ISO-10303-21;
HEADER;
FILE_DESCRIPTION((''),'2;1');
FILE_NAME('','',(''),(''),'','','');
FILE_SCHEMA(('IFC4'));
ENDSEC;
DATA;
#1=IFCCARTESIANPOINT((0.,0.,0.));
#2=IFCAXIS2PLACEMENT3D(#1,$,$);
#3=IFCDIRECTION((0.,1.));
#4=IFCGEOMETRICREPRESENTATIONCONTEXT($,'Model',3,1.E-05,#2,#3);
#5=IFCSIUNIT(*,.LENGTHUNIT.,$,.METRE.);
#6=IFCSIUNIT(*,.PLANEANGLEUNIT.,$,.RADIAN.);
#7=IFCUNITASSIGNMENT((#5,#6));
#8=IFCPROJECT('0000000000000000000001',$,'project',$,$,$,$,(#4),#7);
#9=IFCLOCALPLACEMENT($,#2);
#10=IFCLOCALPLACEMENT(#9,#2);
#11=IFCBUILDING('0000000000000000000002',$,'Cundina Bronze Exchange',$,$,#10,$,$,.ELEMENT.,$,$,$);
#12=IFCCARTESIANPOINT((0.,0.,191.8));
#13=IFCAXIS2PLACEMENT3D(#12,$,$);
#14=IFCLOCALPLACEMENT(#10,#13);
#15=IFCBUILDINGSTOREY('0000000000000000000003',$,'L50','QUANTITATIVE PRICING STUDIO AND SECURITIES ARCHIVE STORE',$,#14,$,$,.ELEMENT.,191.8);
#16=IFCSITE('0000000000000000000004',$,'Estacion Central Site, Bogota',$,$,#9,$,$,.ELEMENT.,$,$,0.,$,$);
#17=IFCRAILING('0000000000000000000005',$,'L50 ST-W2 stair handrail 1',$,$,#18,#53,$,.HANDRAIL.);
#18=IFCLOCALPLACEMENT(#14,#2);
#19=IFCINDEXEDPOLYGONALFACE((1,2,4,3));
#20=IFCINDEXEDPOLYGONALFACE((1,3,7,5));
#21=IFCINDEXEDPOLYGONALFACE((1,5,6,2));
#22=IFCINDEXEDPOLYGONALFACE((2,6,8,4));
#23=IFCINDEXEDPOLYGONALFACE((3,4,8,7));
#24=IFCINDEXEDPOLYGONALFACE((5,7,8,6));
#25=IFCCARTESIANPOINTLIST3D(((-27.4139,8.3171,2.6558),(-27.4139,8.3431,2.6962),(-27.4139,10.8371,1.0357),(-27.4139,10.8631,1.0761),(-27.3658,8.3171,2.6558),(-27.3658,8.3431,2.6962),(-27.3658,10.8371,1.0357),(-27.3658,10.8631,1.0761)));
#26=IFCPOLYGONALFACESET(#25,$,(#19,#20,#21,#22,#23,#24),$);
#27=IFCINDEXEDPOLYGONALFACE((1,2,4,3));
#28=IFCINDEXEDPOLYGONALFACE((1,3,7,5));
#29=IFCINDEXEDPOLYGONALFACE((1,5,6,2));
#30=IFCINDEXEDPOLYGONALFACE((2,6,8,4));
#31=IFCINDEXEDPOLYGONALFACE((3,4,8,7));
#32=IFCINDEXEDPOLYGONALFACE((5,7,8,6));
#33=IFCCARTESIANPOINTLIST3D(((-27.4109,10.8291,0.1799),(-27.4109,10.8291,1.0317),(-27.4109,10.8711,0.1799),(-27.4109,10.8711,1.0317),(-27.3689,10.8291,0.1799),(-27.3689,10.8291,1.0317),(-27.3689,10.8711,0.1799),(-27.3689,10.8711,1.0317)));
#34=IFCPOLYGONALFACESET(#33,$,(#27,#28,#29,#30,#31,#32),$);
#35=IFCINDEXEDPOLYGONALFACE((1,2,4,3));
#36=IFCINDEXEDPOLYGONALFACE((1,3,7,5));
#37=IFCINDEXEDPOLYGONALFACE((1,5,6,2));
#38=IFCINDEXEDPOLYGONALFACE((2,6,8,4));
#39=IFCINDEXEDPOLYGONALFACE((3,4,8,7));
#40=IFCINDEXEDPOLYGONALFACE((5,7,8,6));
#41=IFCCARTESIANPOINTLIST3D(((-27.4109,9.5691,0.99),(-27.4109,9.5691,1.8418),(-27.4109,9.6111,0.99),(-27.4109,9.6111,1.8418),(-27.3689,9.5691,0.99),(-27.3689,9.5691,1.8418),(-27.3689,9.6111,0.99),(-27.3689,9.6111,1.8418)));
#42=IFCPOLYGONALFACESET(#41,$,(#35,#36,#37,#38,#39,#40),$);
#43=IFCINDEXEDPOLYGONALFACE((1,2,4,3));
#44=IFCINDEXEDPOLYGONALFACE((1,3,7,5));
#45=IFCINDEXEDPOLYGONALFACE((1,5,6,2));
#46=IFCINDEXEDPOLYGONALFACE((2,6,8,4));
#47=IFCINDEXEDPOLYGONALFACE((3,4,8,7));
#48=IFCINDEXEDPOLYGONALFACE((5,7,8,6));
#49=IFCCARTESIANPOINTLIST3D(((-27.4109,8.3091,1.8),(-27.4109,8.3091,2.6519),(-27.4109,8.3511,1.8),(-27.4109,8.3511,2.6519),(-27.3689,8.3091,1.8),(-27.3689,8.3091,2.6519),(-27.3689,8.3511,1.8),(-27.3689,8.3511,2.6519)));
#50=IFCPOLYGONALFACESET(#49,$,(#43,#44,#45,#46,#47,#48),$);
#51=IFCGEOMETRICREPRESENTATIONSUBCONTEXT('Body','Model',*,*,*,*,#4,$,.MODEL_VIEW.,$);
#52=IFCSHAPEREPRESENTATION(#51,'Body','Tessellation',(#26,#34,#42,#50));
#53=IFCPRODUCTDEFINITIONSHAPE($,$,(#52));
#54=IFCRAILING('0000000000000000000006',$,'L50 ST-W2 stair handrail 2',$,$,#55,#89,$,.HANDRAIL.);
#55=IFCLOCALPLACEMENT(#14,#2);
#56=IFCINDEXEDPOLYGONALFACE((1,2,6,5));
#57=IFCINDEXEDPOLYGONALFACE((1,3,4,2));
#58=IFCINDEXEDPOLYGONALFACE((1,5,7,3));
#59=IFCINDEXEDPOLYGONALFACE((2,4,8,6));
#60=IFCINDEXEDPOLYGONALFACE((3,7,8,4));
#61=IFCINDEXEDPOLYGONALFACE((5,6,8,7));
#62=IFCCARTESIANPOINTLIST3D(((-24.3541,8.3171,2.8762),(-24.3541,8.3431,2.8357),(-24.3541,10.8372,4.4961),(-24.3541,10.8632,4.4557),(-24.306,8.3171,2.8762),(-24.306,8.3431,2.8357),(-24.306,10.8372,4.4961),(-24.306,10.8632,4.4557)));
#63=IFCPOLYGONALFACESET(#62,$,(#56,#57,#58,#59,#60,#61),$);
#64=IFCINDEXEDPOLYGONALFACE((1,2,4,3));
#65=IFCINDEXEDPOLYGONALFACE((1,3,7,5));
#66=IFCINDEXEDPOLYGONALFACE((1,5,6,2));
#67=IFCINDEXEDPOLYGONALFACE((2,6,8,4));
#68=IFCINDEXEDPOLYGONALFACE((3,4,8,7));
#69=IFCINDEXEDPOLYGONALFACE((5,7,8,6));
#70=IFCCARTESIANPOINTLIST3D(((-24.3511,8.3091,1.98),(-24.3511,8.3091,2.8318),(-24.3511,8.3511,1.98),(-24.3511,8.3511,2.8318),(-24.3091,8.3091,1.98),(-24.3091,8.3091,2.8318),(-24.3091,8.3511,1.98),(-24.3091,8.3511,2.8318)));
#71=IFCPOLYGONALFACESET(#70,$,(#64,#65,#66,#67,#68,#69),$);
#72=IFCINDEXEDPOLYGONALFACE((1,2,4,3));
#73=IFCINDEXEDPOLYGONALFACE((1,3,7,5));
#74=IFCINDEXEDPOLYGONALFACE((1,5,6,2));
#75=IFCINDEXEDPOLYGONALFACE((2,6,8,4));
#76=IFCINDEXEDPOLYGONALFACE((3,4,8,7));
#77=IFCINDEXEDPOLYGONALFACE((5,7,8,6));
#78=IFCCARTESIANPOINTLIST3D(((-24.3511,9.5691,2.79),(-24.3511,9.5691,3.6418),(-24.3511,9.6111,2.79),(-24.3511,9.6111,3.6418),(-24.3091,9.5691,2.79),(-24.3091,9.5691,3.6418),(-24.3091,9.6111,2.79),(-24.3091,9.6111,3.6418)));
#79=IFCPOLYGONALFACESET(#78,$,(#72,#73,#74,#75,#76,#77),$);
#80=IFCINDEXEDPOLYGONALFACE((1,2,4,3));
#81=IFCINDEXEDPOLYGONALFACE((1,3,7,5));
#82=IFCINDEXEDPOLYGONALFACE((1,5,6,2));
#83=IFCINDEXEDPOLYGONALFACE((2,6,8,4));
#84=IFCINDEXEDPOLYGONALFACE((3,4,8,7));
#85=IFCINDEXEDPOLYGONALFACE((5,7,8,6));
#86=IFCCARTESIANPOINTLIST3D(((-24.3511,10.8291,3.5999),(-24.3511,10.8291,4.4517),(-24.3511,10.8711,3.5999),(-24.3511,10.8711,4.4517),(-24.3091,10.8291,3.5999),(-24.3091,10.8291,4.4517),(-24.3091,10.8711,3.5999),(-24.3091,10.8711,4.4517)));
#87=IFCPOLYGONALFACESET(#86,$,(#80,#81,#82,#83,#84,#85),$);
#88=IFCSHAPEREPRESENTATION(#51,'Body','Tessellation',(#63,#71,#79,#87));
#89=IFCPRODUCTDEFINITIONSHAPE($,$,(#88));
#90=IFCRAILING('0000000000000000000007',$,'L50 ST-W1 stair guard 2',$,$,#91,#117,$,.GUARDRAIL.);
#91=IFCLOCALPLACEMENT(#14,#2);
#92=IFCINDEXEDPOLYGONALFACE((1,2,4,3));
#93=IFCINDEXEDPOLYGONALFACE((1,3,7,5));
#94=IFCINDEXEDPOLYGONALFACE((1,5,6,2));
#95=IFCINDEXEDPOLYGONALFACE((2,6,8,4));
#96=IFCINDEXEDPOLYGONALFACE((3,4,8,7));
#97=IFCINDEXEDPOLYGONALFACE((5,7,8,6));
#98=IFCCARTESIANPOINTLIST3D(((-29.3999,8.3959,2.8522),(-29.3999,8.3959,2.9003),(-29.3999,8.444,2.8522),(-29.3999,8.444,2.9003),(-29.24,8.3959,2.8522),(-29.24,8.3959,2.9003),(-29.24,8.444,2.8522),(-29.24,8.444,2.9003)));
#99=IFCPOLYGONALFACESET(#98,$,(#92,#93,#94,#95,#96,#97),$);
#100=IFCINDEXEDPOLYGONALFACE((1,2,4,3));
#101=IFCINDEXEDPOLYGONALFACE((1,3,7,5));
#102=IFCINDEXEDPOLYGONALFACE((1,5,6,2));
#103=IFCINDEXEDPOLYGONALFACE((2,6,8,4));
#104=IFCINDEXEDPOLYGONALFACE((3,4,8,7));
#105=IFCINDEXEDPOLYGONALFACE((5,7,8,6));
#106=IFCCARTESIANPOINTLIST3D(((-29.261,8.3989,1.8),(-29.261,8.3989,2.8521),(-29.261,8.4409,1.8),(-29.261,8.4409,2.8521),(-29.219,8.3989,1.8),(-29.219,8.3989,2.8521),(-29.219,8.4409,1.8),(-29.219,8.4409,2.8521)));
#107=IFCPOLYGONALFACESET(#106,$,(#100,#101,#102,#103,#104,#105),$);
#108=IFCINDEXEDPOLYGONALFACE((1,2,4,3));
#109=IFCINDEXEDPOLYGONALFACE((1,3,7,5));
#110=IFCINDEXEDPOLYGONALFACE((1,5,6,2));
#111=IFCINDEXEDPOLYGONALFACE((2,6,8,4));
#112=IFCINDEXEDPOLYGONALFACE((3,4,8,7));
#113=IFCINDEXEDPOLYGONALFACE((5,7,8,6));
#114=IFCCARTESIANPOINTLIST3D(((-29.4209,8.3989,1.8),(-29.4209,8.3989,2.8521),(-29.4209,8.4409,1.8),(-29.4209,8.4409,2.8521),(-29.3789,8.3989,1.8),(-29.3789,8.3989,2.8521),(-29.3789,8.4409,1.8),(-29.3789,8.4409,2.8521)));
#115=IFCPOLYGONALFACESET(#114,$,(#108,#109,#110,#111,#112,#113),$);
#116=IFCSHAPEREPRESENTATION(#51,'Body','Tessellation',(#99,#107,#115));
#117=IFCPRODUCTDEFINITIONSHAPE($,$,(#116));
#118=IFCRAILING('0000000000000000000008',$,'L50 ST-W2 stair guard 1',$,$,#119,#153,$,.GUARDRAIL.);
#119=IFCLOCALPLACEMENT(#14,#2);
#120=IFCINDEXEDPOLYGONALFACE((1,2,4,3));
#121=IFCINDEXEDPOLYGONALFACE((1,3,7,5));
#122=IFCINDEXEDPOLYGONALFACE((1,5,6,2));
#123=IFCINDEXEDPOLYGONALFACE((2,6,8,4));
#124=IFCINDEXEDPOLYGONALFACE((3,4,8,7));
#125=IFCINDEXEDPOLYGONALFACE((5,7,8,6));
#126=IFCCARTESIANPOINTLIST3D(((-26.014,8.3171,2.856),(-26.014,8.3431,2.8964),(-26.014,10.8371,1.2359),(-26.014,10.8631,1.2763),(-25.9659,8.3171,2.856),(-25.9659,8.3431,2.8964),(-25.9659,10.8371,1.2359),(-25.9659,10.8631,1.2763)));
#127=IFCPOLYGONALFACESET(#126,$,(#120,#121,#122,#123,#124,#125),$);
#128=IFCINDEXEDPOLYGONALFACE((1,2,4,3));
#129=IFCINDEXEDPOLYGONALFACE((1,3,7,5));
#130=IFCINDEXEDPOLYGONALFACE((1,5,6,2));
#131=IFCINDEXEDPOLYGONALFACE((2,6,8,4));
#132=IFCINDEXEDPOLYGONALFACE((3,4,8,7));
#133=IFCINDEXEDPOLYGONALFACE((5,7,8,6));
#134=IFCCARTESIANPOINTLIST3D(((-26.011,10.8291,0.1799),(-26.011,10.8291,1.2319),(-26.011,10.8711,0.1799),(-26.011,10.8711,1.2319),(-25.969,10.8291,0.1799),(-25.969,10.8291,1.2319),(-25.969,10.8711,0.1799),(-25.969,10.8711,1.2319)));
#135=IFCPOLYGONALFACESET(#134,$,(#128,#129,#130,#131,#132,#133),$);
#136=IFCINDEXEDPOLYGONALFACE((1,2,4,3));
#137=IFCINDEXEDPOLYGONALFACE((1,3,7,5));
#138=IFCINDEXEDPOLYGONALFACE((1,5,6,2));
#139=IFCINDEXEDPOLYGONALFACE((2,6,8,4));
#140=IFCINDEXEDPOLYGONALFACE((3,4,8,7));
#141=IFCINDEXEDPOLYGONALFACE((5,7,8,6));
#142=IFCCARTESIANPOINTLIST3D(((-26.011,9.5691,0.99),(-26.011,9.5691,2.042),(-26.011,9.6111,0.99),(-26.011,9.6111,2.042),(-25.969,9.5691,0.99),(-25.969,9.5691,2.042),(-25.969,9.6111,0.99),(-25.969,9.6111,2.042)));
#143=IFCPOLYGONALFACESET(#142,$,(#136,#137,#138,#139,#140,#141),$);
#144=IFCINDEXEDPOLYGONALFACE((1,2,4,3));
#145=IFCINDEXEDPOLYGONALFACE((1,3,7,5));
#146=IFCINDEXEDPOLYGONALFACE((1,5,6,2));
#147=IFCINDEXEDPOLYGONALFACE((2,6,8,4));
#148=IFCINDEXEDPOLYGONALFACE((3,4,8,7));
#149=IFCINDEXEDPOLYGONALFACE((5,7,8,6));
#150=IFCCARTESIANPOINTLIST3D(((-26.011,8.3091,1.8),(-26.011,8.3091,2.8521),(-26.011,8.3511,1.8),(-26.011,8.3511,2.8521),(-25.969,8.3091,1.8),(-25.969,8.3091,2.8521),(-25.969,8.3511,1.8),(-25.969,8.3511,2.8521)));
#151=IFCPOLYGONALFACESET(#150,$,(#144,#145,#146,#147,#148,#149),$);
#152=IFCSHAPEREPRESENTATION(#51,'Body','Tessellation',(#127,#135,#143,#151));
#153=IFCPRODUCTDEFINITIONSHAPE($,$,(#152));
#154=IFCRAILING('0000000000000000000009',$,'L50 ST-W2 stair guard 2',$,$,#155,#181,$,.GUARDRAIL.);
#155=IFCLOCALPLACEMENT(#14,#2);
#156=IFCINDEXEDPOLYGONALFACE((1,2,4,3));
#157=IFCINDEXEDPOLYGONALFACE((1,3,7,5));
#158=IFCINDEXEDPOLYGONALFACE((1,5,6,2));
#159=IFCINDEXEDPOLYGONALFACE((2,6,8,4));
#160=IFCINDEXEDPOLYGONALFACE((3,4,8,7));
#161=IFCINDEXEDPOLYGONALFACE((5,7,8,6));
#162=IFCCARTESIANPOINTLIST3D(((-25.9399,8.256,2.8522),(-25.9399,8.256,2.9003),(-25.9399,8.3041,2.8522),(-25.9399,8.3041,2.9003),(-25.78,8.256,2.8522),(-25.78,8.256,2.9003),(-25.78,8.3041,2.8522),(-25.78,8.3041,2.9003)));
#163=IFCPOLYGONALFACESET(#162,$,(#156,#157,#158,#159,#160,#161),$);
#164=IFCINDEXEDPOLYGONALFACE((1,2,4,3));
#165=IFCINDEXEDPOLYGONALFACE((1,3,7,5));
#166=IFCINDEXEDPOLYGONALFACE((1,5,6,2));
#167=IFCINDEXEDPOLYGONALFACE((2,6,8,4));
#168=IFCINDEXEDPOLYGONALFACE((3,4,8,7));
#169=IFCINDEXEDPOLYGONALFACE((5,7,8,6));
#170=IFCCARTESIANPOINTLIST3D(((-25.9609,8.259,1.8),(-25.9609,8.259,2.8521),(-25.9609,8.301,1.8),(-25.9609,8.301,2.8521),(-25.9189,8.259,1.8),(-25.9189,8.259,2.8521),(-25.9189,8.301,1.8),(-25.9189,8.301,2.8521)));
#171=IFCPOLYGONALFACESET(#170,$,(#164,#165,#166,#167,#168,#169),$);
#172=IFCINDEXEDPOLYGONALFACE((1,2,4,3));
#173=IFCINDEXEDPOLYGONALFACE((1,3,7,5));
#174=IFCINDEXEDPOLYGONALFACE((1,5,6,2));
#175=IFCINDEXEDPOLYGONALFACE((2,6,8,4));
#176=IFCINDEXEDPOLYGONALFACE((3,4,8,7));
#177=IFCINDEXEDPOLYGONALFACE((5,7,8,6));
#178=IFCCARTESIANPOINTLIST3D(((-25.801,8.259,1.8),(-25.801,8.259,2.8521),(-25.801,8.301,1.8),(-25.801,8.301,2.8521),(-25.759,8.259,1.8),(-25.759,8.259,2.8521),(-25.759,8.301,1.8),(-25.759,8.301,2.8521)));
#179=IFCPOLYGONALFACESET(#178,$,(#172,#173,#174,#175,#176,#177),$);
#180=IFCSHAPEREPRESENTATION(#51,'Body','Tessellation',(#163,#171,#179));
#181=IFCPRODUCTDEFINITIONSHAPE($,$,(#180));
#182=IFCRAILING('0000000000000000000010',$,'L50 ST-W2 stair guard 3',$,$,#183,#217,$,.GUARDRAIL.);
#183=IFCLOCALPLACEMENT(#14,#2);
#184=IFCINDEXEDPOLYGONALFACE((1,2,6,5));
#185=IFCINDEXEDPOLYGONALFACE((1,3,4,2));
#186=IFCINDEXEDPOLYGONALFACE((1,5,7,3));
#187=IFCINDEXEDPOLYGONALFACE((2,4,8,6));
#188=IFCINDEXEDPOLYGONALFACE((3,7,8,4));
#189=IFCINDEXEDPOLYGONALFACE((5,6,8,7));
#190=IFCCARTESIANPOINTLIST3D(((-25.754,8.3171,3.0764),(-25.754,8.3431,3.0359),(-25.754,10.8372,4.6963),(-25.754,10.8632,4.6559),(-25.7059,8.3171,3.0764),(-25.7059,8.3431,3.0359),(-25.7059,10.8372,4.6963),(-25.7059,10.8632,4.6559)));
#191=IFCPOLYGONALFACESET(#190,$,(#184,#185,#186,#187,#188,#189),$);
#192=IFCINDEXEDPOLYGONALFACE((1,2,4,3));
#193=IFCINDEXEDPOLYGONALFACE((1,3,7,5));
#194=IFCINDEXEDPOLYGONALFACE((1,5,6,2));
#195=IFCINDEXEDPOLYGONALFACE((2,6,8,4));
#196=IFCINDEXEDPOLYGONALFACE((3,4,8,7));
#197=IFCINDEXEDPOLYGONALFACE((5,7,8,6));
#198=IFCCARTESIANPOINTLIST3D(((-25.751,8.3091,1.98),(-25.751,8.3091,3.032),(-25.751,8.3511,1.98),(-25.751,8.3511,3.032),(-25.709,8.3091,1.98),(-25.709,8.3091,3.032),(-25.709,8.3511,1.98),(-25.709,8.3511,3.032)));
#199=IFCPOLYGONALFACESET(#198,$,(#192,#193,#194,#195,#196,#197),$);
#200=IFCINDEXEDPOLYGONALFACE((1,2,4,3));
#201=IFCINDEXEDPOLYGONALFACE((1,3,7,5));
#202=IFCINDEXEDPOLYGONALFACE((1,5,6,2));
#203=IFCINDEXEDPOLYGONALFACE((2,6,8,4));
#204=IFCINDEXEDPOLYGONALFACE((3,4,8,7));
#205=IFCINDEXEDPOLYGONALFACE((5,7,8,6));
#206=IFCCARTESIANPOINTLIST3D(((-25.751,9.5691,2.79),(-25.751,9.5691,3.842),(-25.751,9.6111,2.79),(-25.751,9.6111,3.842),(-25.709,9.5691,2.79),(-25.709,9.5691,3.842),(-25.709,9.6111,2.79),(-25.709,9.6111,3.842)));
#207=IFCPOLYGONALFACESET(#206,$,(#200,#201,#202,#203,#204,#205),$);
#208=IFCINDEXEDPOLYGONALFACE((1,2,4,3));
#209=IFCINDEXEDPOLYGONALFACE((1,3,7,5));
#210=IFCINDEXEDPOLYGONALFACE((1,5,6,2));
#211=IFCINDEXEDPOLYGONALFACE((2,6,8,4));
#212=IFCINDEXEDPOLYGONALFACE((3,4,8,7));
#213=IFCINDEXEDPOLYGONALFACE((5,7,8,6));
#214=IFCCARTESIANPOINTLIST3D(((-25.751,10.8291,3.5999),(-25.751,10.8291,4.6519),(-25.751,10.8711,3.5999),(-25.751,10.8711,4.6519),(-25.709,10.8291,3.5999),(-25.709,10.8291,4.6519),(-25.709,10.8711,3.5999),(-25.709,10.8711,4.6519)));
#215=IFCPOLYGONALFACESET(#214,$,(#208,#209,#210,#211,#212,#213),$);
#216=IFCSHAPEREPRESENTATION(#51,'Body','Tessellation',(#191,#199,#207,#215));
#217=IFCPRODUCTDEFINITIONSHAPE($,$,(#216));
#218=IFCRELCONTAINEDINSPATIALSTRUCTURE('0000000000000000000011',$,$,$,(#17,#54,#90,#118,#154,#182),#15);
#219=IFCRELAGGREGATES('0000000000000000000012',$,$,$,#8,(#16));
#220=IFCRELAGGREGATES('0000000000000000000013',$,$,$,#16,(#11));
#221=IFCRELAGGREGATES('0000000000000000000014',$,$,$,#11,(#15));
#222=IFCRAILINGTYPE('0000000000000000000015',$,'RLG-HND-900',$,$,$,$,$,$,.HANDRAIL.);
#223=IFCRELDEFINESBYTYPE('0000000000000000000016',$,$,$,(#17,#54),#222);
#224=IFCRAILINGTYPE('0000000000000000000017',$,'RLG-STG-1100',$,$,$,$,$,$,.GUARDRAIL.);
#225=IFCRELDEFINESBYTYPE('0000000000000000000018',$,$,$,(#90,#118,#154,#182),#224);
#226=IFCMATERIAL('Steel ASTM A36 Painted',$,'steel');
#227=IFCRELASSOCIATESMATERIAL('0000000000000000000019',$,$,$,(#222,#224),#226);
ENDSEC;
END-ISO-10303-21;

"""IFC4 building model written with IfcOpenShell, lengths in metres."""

from ifc_helpers import new_model, si_unit, direction, frame, origin, origin_2d, place, context, subcontext, project, spatial, rectangle, extrude, material, type_object, element, save


model = new_model("IFC4")

# Units and contexts
model_context = context("Model", 3, precision=1e-05, world=origin(), true_north=direction((0.0, 1.0)))
body_context = subcontext(model_context, "Body", "Model", "MODEL_VIEW")
ifc_project = project(units=[si_unit("LENGTHUNIT", "METRE"), si_unit("PLANEANGLEUNIT", "RADIAN")], contexts=[model_context])

# Site, building, storey
site_placement = place(None, origin())
site = spatial("IfcSite", under=ifc_project, at=site_placement, Name="Estacion Central Site, Bogota", CompositionType="ELEMENT", RefElevation=0.0)
building_placement = place(site_placement, origin())
building = spatial("IfcBuilding", under=site, at=building_placement, Name="Cundina Bronze Exchange", CompositionType="ELEMENT")
storey_placement = place(building_placement, frame((0.0, 0.0, 191.8)))
storey = spatial("IfcBuildingStorey", under=building, at=storey_placement, Name="L50", Description="QUANTITATIVE PRICING STUDIO AND SECURITIES ARCHIVE STORE", CompositionType="ELEMENT", Elevation=191.8)

# Shared definitions
ifc_material_1 = material(Name="Steel ASTM A36 Painted", Category="steel")

# Railings
railing_type_1 = type_object("IfcRailingType", Name="RLG-HND-900", PredefinedType="HANDRAIL", material=ifc_material_1)
railing_1_placement = place(storey_placement, frame((-27.3899, 10.8501, 0.1799)))
element("IfcRailing", 1, at=railing_1_placement, inside=storey, type_object=railing_type_1, Name="L50 ST-W2 stair handrail 1", PredefinedType="HANDRAIL", context=body_context, shape_type="SweptSolid", body=[
    extrude(rectangle(XDim=0.0481, YDim=0.0481, at=origin_2d()), frame((0.0, 0.0, 0.876), z_axis=(0.0, -0.841163, 0.540782), x_axis=(1.0, 0.0, 0.0)), (0.0, 0.0, 1.0), 2.9958),
    extrude(rectangle(XDim=0.042, YDim=0.042, at=origin_2d()), origin(), (0.0, 0.0, 1.0), 0.8518),
    extrude(rectangle(XDim=0.042, YDim=0.042, at=origin_2d()), frame((0.0, -1.26, 0.8101)), (0.0, 0.0, 1.0), 0.8518),
    extrude(rectangle(XDim=0.042, YDim=0.042, at=origin_2d()), frame((0.0, -2.52, 1.6201)), (0.0, 0.0, 1.0), 0.8518),
])
railing_2_placement = place(storey_placement, frame((-24.3301, 8.3301, 1.98)))
element("IfcRailing", 2, at=railing_2_placement, inside=storey, type_object=railing_type_1, Name="L50 ST-W2 stair handrail 2", PredefinedType="HANDRAIL", context=body_context, shape_type="SweptSolid", body=[
    extrude(rectangle(XDim=0.0481, YDim=0.0481, at=origin_2d()), frame((0.0, 0.0, 0.876), z_axis=(0.0, 0.8412, 0.540725), x_axis=(-1.0, 0.0, 0.0)), (0.0, 0.0, 1.0), 2.9958),
    extrude(rectangle(XDim=0.042, YDim=0.042, at=origin_2d()), origin(), (0.0, 0.0, 1.0), 0.8518),
    extrude(rectangle(XDim=0.042, YDim=0.042, at=origin_2d()), frame((0.0, 1.26, 0.8101)), (0.0, 0.0, 1.0), 0.8518),
    extrude(rectangle(XDim=0.042, YDim=0.042, at=origin_2d()), frame((0.0, 2.52, 1.6199)), (0.0, 0.0, 1.0), 0.8518),
])
railing_type_2 = type_object("IfcRailingType", Name="RLG-STG-1100", PredefinedType="GUARDRAIL", material=ifc_material_1)
railing_3_placement = place(storey_placement, frame((-29.24, 8.4199, 1.8)))
element("IfcRailing", 3, at=railing_3_placement, inside=storey, type_object=railing_type_2, Name="L50 ST-W1 stair guard 2", PredefinedType="GUARDRAIL", context=body_context, shape_type="SweptSolid", body=[
    extrude(rectangle(XDim=0.0481, YDim=0.0481, at=origin_2d()), frame((0.0, 0.0, 1.0762), z_axis=(-1.0, 0.0, 0.0), x_axis=(0.0, -1.0, 0.0)), (0.0, 0.0, 1.0), 0.1599),
    extrude(rectangle(XDim=0.042, YDim=0.042, at=origin_2d()), origin(), (0.0, 0.0, 1.0), 1.052),
    extrude(rectangle(XDim=0.042, YDim=0.042, at=origin_2d()), frame((-0.1599, 0.0, 0.0)), (0.0, 0.0, 1.0), 1.052),
])
railing_4_placement = place(storey_placement, frame((-25.99, 10.8501, 0.1799)))
element("IfcRailing", 4, at=railing_4_placement, inside=storey, type_object=railing_type_2, Name="L50 ST-W2 stair guard 1", PredefinedType="GUARDRAIL", context=body_context, shape_type="SweptSolid", body=[
    extrude(rectangle(XDim=0.0481, YDim=0.0481, at=origin_2d()), frame((0.0, 0.0, 1.0762), z_axis=(0.0, -0.841163, 0.540782), x_axis=(1.0, 0.0, 0.0)), (0.0, 0.0, 1.0), 2.9958),
    extrude(rectangle(XDim=0.042, YDim=0.042, at=origin_2d()), origin(), (0.0, 0.0, 1.0), 1.052),
    extrude(rectangle(XDim=0.042, YDim=0.042, at=origin_2d()), frame((0.0, -1.26, 0.8101)), (0.0, 0.0, 1.0), 1.052),
    extrude(rectangle(XDim=0.042, YDim=0.042, at=origin_2d()), frame((0.0, -2.52, 1.6201)), (0.0, 0.0, 1.0), 1.052),
])
railing_5_placement = place(storey_placement, frame((-25.9399, 8.28, 1.8)))
element("IfcRailing", 5, at=railing_5_placement, inside=storey, type_object=railing_type_2, Name="L50 ST-W2 stair guard 2", PredefinedType="GUARDRAIL", context=body_context, shape_type="SweptSolid", body=[
    extrude(rectangle(XDim=0.0481, YDim=0.0481, at=origin_2d()), frame((0.0, 0.0, 1.0762), z_axis=(1.0, 0.0, 0.0), x_axis=(0.0, 1.0, 0.0)), (0.0, 0.0, 1.0), 0.1599),
    extrude(rectangle(XDim=0.042, YDim=0.042, at=origin_2d()), origin(), (0.0, 0.0, 1.0), 1.052),
    extrude(rectangle(XDim=0.042, YDim=0.042, at=origin_2d()), frame((0.1599, 0.0, 0.0)), (0.0, 0.0, 1.0), 1.052),
])
railing_6_placement = place(storey_placement, frame((-25.73, 8.3301, 1.98)))
element("IfcRailing", 6, at=railing_6_placement, inside=storey, type_object=railing_type_2, Name="L50 ST-W2 stair guard 3", PredefinedType="GUARDRAIL", context=body_context, shape_type="SweptSolid", body=[
    extrude(rectangle(XDim=0.0481, YDim=0.0481, at=origin_2d()), frame((0.0, 0.0, 1.0762), z_axis=(0.0, 0.8412, 0.540725), x_axis=(-1.0, 0.0, 0.0)), (0.0, 0.0, 1.0), 2.9958),
    extrude(rectangle(XDim=0.042, YDim=0.042, at=origin_2d()), origin(), (0.0, 0.0, 1.0), 1.052),
    extrude(rectangle(XDim=0.042, YDim=0.042, at=origin_2d()), frame((0.0, 1.26, 0.8101)), (0.0, 0.0, 1.0), 1.052),
    extrude(rectangle(XDim=0.042, YDim=0.042, at=origin_2d()), frame((0.0, 2.52, 1.6199)), (0.0, 0.0, 1.0), 1.052),
])

save(model, "model.ifc")
